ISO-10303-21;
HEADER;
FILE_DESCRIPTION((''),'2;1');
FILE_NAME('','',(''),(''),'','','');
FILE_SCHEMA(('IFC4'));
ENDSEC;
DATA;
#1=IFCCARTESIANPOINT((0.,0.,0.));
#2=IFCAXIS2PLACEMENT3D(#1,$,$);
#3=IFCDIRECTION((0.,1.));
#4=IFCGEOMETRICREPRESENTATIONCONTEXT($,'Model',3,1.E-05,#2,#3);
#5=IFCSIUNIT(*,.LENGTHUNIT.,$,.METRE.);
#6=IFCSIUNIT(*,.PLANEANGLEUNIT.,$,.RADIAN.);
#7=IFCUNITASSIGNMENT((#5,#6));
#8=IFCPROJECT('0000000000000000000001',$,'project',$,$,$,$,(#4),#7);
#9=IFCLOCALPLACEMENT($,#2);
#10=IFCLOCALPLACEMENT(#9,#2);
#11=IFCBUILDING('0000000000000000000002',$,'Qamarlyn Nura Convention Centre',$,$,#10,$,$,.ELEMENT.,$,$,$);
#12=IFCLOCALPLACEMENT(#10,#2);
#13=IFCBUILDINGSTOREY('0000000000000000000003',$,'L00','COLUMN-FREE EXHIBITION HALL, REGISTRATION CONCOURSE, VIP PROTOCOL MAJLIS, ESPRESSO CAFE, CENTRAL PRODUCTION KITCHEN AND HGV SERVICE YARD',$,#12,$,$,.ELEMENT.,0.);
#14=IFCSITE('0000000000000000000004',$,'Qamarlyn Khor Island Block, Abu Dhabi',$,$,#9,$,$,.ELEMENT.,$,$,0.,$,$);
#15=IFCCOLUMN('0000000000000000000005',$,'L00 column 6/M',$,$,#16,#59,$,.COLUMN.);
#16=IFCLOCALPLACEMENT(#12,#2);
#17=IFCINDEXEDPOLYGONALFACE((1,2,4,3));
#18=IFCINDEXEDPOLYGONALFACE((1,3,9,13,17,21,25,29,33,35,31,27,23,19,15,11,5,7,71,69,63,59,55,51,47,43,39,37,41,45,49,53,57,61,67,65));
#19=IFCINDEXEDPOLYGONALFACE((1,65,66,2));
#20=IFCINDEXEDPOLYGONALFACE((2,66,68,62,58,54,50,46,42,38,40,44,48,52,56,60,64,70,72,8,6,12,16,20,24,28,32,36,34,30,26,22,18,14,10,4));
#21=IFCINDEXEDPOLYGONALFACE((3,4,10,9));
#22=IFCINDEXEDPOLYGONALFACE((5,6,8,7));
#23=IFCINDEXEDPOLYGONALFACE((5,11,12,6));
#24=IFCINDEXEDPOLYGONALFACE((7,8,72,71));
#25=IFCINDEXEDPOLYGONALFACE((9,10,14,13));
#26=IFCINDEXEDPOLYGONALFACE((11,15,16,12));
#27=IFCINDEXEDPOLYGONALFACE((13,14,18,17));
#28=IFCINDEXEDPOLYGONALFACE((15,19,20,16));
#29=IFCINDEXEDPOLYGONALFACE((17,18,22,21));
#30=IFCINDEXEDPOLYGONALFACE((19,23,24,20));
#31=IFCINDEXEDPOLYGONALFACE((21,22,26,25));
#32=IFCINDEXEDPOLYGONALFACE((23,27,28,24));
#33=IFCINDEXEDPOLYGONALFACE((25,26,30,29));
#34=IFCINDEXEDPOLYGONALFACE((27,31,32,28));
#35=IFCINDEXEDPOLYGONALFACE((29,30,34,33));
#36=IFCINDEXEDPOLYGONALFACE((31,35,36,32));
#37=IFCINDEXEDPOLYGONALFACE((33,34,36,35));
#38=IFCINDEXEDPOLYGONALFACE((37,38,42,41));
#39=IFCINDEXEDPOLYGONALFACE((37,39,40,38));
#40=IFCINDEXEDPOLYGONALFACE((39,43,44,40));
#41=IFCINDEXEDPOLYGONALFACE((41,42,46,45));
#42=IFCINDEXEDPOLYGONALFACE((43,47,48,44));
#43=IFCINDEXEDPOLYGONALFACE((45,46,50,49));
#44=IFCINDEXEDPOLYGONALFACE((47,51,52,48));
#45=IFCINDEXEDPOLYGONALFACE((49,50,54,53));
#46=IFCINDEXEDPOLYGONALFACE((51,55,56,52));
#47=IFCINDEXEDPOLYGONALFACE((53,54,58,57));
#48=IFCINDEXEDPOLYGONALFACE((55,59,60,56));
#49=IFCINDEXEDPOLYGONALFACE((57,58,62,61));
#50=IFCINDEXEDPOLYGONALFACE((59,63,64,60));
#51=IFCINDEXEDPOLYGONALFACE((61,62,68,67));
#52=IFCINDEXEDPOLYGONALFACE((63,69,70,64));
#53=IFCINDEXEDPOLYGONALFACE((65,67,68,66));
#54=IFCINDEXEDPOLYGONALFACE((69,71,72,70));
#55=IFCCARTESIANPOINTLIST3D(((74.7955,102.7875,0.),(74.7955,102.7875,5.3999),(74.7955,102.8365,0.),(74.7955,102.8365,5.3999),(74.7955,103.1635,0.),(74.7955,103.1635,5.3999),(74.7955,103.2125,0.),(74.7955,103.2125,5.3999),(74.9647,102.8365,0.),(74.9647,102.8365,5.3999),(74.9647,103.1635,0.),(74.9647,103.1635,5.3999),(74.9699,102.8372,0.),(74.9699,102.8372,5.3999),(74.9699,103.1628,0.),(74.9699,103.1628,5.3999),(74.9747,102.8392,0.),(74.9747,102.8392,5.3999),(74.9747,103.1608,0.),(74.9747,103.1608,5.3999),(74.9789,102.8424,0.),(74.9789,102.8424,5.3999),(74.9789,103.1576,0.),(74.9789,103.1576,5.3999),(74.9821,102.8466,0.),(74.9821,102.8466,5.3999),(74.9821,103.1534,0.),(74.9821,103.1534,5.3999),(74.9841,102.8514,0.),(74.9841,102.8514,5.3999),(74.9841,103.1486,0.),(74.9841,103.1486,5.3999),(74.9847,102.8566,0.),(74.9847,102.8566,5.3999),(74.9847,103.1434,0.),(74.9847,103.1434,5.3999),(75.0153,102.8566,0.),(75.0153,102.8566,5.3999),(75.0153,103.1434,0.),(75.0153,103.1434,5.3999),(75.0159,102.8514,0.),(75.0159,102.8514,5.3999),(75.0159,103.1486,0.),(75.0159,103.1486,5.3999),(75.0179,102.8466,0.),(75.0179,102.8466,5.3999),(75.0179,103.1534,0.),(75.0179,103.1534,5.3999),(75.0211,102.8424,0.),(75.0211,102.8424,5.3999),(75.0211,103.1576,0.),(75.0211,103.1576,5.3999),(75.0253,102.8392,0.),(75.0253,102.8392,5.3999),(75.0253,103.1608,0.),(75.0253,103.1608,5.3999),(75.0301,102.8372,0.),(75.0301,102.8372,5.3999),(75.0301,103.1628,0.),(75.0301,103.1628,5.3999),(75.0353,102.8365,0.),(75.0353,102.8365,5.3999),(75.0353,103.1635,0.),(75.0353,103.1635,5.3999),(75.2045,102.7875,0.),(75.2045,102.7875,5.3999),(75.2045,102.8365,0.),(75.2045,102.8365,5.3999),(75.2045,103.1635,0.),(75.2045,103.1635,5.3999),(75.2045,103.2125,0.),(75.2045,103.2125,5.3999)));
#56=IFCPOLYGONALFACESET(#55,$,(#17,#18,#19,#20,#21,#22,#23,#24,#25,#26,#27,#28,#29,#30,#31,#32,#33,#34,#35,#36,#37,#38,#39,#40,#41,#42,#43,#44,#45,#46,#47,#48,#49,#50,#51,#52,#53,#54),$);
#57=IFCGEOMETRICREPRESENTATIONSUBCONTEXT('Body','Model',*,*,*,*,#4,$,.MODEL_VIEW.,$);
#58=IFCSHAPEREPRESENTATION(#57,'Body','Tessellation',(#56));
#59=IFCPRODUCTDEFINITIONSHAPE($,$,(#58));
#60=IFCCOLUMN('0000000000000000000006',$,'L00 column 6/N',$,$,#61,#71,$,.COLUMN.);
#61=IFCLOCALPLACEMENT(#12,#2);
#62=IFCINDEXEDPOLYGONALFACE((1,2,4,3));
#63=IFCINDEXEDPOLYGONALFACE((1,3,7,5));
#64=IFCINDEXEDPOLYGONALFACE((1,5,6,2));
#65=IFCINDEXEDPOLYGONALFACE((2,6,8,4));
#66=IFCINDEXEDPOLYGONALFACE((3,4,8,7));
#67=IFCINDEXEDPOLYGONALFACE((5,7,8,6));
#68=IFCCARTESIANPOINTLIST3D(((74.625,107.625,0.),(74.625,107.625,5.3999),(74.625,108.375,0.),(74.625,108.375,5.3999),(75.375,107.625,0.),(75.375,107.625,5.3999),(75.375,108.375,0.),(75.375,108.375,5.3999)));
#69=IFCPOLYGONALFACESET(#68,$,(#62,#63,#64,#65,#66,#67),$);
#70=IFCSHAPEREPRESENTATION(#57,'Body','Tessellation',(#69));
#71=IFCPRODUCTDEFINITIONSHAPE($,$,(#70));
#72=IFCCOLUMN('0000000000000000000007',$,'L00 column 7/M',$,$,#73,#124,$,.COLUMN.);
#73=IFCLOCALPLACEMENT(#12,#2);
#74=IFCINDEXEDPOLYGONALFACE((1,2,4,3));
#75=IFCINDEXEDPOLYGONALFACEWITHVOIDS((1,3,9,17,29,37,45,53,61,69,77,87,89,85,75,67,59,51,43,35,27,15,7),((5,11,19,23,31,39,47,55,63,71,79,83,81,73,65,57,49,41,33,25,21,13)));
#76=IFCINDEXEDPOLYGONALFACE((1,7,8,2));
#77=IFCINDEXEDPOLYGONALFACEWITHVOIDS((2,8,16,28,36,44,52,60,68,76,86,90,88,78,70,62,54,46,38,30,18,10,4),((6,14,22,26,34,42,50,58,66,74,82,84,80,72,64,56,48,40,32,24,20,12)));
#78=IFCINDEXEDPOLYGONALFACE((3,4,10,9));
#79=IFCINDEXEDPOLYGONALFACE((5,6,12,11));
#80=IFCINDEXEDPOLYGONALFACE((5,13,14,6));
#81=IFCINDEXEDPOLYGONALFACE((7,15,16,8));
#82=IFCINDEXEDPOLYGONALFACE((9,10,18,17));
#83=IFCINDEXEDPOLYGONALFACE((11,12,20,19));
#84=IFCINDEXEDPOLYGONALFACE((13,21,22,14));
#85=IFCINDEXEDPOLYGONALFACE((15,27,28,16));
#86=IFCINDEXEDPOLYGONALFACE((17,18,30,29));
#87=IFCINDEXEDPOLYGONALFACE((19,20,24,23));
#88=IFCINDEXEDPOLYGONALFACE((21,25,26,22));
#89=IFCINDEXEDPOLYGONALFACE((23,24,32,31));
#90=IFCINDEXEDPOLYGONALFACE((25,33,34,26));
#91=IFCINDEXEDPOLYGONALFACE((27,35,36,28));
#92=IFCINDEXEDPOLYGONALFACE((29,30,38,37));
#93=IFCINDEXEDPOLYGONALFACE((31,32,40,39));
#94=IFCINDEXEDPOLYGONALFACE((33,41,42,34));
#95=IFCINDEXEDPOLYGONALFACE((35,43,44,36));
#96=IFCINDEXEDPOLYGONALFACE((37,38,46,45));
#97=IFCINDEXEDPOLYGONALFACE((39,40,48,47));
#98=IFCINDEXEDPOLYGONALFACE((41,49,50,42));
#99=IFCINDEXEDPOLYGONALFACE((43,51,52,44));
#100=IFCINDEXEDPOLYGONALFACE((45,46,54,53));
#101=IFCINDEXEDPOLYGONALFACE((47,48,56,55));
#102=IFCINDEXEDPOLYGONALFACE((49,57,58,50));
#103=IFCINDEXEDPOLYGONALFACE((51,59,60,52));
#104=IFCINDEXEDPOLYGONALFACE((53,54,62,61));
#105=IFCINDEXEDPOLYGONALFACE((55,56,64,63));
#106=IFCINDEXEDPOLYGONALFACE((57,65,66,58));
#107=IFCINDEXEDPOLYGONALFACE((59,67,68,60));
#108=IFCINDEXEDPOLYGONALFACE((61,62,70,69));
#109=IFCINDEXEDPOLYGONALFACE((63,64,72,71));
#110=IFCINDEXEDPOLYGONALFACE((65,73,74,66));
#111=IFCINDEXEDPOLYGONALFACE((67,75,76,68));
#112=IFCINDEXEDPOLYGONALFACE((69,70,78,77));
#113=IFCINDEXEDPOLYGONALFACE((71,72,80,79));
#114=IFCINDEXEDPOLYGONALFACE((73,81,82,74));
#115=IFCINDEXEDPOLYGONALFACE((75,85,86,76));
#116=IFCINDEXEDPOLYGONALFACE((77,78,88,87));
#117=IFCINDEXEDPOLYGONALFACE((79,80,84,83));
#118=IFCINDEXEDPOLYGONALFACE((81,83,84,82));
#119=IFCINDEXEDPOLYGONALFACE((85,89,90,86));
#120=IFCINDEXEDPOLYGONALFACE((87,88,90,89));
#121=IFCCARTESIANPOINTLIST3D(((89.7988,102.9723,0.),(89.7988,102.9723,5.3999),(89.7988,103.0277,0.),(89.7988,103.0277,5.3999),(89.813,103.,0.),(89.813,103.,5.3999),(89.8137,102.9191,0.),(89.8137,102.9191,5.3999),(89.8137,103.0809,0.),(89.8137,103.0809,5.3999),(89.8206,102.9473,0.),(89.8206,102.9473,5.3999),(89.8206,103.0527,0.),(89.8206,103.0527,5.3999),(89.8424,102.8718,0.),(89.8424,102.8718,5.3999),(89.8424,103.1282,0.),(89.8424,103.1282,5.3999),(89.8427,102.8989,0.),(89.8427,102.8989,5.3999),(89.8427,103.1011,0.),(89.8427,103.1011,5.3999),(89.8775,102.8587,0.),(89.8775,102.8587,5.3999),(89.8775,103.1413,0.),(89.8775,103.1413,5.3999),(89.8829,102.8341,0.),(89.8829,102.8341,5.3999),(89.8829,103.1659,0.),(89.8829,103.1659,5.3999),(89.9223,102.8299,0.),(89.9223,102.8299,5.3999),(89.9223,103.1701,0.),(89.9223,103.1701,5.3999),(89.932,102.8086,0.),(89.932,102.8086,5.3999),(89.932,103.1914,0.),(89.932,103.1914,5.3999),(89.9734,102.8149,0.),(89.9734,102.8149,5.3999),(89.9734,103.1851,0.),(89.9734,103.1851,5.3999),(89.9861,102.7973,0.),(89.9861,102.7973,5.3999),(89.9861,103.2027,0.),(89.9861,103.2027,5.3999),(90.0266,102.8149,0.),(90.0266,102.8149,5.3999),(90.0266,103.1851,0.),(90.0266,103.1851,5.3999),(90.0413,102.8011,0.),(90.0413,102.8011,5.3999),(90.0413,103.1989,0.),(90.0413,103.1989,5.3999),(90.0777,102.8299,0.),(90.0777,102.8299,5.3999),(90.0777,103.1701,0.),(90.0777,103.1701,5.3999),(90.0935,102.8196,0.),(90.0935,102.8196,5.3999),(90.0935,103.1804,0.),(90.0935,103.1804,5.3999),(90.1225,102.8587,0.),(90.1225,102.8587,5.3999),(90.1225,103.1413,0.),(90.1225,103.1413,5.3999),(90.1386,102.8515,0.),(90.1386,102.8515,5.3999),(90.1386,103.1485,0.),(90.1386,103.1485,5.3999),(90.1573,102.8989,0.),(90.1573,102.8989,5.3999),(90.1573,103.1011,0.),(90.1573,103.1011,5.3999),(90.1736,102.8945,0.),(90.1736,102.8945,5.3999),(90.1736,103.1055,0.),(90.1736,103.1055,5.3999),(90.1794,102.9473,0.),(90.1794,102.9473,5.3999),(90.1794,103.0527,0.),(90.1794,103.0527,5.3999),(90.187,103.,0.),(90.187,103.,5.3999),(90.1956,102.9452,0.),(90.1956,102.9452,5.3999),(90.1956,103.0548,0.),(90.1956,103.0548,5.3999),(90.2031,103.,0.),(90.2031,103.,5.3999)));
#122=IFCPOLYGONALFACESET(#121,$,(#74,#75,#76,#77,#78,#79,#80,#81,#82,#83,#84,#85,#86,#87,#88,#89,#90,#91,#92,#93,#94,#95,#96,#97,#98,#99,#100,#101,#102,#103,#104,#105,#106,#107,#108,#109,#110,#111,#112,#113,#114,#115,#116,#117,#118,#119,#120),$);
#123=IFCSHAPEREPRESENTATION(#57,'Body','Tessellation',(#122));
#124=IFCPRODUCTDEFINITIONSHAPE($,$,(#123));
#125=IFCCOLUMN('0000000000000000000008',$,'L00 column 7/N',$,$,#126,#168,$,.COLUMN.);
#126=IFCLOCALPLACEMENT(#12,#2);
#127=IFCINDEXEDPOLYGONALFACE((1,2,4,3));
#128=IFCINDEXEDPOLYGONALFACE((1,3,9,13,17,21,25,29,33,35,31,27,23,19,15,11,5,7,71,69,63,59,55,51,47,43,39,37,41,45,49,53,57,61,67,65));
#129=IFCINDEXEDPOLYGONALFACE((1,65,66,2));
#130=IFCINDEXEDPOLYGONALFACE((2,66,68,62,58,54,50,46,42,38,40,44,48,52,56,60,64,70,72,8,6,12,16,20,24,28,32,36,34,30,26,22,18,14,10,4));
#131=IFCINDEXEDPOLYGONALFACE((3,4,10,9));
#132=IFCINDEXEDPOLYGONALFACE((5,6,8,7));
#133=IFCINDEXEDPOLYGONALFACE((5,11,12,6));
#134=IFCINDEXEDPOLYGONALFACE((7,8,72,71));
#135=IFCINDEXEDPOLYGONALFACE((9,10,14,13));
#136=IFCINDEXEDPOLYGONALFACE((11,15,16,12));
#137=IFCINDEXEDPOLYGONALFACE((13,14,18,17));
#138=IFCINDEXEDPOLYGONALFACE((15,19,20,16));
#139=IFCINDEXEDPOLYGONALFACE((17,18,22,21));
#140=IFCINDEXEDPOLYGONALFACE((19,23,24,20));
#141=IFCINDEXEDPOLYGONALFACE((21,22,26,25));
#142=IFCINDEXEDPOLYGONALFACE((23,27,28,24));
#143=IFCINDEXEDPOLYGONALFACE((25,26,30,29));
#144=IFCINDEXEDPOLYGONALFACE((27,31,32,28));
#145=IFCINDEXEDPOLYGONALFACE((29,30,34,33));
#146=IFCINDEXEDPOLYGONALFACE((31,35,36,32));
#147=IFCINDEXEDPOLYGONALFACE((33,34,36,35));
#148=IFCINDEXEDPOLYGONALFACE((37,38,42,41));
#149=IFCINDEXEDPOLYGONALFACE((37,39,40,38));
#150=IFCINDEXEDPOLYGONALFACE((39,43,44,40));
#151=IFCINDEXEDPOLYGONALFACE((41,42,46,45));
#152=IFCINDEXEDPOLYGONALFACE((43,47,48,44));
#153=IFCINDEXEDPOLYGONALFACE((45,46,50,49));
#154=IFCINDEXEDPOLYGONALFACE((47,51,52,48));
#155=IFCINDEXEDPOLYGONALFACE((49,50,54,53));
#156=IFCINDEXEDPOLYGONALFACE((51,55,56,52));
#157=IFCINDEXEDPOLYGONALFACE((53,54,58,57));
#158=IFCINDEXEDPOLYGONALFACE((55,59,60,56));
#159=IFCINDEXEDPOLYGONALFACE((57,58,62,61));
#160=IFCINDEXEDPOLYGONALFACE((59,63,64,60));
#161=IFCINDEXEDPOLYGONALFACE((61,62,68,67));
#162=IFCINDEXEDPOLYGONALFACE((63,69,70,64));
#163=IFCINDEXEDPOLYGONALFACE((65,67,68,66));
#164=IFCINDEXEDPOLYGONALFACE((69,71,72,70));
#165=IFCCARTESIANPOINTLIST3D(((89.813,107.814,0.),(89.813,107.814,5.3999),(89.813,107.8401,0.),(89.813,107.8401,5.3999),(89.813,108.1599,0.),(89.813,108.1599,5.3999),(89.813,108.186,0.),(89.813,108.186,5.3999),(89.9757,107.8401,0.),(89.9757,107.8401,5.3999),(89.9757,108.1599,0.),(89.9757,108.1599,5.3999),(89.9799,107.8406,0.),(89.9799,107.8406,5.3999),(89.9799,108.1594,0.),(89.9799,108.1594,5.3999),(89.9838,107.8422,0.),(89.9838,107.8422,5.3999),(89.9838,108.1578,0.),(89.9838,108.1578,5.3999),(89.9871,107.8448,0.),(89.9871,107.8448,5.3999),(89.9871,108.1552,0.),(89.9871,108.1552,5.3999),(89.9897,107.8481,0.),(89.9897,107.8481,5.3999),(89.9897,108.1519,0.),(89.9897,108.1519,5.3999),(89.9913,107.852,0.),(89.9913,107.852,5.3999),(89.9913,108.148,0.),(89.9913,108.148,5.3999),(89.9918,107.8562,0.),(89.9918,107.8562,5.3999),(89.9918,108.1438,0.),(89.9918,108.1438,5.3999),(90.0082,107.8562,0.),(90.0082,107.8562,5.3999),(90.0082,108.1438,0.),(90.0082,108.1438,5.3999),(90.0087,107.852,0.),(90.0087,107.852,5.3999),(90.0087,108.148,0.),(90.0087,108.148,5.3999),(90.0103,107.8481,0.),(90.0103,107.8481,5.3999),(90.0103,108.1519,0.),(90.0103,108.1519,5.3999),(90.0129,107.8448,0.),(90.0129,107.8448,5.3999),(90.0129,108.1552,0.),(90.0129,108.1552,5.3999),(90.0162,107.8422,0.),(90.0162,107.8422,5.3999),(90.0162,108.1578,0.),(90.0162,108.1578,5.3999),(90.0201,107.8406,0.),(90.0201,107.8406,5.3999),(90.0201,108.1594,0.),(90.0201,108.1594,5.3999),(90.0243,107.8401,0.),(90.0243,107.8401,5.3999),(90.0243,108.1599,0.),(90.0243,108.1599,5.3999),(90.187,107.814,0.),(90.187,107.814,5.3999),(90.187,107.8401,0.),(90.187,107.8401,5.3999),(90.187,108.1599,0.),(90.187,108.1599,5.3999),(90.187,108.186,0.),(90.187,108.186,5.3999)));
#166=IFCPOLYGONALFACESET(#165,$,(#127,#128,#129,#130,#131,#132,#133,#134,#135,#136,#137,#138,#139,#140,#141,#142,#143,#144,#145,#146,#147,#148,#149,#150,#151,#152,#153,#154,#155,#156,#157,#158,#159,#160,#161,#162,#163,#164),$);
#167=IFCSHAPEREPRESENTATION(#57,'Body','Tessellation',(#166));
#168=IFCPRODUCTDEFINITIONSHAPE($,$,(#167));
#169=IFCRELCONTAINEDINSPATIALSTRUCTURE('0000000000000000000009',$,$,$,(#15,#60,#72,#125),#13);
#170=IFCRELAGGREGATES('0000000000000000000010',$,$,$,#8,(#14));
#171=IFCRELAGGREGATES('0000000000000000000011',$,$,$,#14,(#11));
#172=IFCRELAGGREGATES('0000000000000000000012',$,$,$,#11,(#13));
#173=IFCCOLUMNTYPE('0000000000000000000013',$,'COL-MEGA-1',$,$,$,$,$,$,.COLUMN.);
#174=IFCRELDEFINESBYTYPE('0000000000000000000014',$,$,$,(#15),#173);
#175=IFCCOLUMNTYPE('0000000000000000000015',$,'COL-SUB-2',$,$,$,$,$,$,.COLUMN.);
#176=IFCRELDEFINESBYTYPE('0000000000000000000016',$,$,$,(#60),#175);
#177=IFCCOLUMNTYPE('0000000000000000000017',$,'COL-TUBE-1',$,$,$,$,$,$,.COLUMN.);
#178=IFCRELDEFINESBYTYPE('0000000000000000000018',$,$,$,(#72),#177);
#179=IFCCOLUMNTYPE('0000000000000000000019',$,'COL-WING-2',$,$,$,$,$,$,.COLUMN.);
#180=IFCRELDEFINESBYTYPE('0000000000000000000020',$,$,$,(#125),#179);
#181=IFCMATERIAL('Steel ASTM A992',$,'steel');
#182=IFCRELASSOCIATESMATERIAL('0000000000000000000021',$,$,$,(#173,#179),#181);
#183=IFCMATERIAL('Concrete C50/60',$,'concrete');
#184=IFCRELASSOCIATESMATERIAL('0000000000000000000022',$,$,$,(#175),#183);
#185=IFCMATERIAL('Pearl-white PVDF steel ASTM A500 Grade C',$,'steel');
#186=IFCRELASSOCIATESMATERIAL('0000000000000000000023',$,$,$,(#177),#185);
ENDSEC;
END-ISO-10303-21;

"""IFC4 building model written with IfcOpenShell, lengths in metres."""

from ifc_helpers import new_model, si_unit, direction, frame, origin, origin_2d, place, context, subcontext, project, spatial, rectangle, hollow_circle, i_section, extrude, material, material_profile, profile_set, type_object, element, save


model = new_model("IFC4")

# Units and contexts
model_context = context("Model", 3, precision=1e-05, world=origin(), true_north=direction((0.0, 1.0)))
body_context = subcontext(model_context, "Body", "Model", "MODEL_VIEW")
ifc_project = project(units=[si_unit("LENGTHUNIT", "METRE"), si_unit("PLANEANGLEUNIT", "RADIAN")], contexts=[model_context])

# Site, building, storey
site_placement = place(None, origin())
site = spatial("IfcSite", under=ifc_project, at=site_placement, Name="Qamarlyn Khor Island Block, Abu Dhabi", CompositionType="ELEMENT", RefElevation=0.0)
building_placement = place(site_placement, origin())
building = spatial("IfcBuilding", under=site, at=building_placement, Name="Qamarlyn Nura Convention Centre", CompositionType="ELEMENT")
storey_placement = place(building_placement, origin())
storey = spatial("IfcBuildingStorey", under=building, at=storey_placement, Name="L00", Description="COLUMN-FREE EXHIBITION HALL, REGISTRATION CONCOURSE, VIP PROTOCOL MAJLIS, ESPRESSO CAFE, CENTRAL PRODUCTION KITCHEN AND HGV SERVICE YARD", CompositionType="ELEMENT", Elevation=0.0)

# Columns
ifc_material_1 = material(Name="Steel ASTM A992", Category="steel")
ifc_material_profile_1 = material_profile(ifc_material_1, i_section(OverallWidth=0.4089, OverallDepth=0.425, WebThickness=0.0305, FlangeThickness=0.0491, FilletRadius=0.02, at=origin_2d()), Name="W360X421")
ifc_profile_set_1 = profile_set([ifc_material_profile_1], Name="Steel ASTM A992")
column_type_1 = type_object("IfcColumnType", Name="COL-MEGA-1", PredefinedType="COLUMN", material=ifc_profile_set_1)
column_1_placement = place(storey_placement, frame((75.0, 103.0, 0.0), z_axis=(0.0, 0.0, 1.0), x_axis=(1.0, 0.0, 0.0)))
element("IfcColumn", 1, at=column_1_placement, inside=storey, type_object=column_type_1, Name="L00 column 6/M", PredefinedType="COLUMN", context=body_context, shape_type="SweptSolid", body=[
    extrude(i_section(OverallWidth=0.4089, OverallDepth=0.425, WebThickness=0.0305, FlangeThickness=0.0491, FilletRadius=0.02, at=origin_2d()), origin(), (0.0, 0.0, 1.0), 5.3999),
])
ifc_material_2 = material(Name="Concrete C50/60", Category="concrete")
ifc_material_profile_2 = material_profile(ifc_material_2, rectangle(XDim=0.75, YDim=0.75, at=origin_2d()), Name="RC 750x750")
ifc_profile_set_2 = profile_set([ifc_material_profile_2], Name="Concrete C50/60")
column_type_2 = type_object("IfcColumnType", Name="COL-SUB-2", PredefinedType="COLUMN", material=ifc_profile_set_2)
column_2_placement = place(storey_placement, frame((75.0, 108.0, 0.0), z_axis=(0.0, 0.0, 1.0), x_axis=(1.0, 0.0, 0.0)))
element("IfcColumn", 2, at=column_2_placement, inside=storey, type_object=column_type_2, Name="L00 column 6/N", PredefinedType="COLUMN", context=body_context, shape_type="SweptSolid", body=[
    extrude(rectangle(XDim=0.75, YDim=0.75, at=origin_2d()), origin(), (0.0, 0.0, 1.0), 5.3999),
])
ifc_material_3 = material(Name="Pearl-white PVDF steel ASTM A500 Grade C", Category="steel")
ifc_material_profile_3 = material_profile(ifc_material_3, hollow_circle(Radius=0.2031, WallThickness=0.0161, at=origin_2d()), Name="CHS406.4X16")
ifc_profile_set_3 = profile_set([ifc_material_profile_3], Name="Pearl-white PVDF steel ASTM A500 Grade C")
column_type_3 = type_object("IfcColumnType", Name="COL-TUBE-1", PredefinedType="COLUMN", material=ifc_profile_set_3)
column_3_placement = place(storey_placement, frame((90.0, 103.0, 0.0), z_axis=(0.0, 0.0, 1.0), x_axis=(1.0, 0.0, 0.0)))
element("IfcColumn", 3, at=column_3_placement, inside=storey, type_object=column_type_3, Name="L00 column 7/M", PredefinedType="COLUMN", context=body_context, shape_type="SweptSolid", body=[
    extrude(hollow_circle(Radius=0.2031, WallThickness=0.0161, at=origin_2d()), origin(), (0.0, 0.0, 1.0), 5.3999),
])
ifc_material_profile_4 = material_profile(ifc_material_1, i_section(OverallWidth=0.374, OverallDepth=0.3721, WebThickness=0.0164, FlangeThickness=0.0261, FilletRadius=0.0161, at=origin_2d()), Name="W360X196")
ifc_profile_set_4 = profile_set([ifc_material_profile_4], Name="Steel ASTM A992")
column_type_4 = type_object("IfcColumnType", Name="COL-WING-2", PredefinedType="COLUMN", material=ifc_profile_set_4)
column_4_placement = place(storey_placement, frame((90.0, 108.0, 0.0), z_axis=(0.0, 0.0, 1.0), x_axis=(1.0, 0.0, 0.0)))
element("IfcColumn", 4, at=column_4_placement, inside=storey, type_object=column_type_4, Name="L00 column 7/N", PredefinedType="COLUMN", context=body_context, shape_type="SweptSolid", body=[
    extrude(i_section(OverallWidth=0.374, OverallDepth=0.3721, WebThickness=0.0164, FlangeThickness=0.0261, FilletRadius=0.0161, at=origin_2d()), origin(), (0.0, 0.0, 1.0), 5.3999),
])

save(model, "model.ifc")
